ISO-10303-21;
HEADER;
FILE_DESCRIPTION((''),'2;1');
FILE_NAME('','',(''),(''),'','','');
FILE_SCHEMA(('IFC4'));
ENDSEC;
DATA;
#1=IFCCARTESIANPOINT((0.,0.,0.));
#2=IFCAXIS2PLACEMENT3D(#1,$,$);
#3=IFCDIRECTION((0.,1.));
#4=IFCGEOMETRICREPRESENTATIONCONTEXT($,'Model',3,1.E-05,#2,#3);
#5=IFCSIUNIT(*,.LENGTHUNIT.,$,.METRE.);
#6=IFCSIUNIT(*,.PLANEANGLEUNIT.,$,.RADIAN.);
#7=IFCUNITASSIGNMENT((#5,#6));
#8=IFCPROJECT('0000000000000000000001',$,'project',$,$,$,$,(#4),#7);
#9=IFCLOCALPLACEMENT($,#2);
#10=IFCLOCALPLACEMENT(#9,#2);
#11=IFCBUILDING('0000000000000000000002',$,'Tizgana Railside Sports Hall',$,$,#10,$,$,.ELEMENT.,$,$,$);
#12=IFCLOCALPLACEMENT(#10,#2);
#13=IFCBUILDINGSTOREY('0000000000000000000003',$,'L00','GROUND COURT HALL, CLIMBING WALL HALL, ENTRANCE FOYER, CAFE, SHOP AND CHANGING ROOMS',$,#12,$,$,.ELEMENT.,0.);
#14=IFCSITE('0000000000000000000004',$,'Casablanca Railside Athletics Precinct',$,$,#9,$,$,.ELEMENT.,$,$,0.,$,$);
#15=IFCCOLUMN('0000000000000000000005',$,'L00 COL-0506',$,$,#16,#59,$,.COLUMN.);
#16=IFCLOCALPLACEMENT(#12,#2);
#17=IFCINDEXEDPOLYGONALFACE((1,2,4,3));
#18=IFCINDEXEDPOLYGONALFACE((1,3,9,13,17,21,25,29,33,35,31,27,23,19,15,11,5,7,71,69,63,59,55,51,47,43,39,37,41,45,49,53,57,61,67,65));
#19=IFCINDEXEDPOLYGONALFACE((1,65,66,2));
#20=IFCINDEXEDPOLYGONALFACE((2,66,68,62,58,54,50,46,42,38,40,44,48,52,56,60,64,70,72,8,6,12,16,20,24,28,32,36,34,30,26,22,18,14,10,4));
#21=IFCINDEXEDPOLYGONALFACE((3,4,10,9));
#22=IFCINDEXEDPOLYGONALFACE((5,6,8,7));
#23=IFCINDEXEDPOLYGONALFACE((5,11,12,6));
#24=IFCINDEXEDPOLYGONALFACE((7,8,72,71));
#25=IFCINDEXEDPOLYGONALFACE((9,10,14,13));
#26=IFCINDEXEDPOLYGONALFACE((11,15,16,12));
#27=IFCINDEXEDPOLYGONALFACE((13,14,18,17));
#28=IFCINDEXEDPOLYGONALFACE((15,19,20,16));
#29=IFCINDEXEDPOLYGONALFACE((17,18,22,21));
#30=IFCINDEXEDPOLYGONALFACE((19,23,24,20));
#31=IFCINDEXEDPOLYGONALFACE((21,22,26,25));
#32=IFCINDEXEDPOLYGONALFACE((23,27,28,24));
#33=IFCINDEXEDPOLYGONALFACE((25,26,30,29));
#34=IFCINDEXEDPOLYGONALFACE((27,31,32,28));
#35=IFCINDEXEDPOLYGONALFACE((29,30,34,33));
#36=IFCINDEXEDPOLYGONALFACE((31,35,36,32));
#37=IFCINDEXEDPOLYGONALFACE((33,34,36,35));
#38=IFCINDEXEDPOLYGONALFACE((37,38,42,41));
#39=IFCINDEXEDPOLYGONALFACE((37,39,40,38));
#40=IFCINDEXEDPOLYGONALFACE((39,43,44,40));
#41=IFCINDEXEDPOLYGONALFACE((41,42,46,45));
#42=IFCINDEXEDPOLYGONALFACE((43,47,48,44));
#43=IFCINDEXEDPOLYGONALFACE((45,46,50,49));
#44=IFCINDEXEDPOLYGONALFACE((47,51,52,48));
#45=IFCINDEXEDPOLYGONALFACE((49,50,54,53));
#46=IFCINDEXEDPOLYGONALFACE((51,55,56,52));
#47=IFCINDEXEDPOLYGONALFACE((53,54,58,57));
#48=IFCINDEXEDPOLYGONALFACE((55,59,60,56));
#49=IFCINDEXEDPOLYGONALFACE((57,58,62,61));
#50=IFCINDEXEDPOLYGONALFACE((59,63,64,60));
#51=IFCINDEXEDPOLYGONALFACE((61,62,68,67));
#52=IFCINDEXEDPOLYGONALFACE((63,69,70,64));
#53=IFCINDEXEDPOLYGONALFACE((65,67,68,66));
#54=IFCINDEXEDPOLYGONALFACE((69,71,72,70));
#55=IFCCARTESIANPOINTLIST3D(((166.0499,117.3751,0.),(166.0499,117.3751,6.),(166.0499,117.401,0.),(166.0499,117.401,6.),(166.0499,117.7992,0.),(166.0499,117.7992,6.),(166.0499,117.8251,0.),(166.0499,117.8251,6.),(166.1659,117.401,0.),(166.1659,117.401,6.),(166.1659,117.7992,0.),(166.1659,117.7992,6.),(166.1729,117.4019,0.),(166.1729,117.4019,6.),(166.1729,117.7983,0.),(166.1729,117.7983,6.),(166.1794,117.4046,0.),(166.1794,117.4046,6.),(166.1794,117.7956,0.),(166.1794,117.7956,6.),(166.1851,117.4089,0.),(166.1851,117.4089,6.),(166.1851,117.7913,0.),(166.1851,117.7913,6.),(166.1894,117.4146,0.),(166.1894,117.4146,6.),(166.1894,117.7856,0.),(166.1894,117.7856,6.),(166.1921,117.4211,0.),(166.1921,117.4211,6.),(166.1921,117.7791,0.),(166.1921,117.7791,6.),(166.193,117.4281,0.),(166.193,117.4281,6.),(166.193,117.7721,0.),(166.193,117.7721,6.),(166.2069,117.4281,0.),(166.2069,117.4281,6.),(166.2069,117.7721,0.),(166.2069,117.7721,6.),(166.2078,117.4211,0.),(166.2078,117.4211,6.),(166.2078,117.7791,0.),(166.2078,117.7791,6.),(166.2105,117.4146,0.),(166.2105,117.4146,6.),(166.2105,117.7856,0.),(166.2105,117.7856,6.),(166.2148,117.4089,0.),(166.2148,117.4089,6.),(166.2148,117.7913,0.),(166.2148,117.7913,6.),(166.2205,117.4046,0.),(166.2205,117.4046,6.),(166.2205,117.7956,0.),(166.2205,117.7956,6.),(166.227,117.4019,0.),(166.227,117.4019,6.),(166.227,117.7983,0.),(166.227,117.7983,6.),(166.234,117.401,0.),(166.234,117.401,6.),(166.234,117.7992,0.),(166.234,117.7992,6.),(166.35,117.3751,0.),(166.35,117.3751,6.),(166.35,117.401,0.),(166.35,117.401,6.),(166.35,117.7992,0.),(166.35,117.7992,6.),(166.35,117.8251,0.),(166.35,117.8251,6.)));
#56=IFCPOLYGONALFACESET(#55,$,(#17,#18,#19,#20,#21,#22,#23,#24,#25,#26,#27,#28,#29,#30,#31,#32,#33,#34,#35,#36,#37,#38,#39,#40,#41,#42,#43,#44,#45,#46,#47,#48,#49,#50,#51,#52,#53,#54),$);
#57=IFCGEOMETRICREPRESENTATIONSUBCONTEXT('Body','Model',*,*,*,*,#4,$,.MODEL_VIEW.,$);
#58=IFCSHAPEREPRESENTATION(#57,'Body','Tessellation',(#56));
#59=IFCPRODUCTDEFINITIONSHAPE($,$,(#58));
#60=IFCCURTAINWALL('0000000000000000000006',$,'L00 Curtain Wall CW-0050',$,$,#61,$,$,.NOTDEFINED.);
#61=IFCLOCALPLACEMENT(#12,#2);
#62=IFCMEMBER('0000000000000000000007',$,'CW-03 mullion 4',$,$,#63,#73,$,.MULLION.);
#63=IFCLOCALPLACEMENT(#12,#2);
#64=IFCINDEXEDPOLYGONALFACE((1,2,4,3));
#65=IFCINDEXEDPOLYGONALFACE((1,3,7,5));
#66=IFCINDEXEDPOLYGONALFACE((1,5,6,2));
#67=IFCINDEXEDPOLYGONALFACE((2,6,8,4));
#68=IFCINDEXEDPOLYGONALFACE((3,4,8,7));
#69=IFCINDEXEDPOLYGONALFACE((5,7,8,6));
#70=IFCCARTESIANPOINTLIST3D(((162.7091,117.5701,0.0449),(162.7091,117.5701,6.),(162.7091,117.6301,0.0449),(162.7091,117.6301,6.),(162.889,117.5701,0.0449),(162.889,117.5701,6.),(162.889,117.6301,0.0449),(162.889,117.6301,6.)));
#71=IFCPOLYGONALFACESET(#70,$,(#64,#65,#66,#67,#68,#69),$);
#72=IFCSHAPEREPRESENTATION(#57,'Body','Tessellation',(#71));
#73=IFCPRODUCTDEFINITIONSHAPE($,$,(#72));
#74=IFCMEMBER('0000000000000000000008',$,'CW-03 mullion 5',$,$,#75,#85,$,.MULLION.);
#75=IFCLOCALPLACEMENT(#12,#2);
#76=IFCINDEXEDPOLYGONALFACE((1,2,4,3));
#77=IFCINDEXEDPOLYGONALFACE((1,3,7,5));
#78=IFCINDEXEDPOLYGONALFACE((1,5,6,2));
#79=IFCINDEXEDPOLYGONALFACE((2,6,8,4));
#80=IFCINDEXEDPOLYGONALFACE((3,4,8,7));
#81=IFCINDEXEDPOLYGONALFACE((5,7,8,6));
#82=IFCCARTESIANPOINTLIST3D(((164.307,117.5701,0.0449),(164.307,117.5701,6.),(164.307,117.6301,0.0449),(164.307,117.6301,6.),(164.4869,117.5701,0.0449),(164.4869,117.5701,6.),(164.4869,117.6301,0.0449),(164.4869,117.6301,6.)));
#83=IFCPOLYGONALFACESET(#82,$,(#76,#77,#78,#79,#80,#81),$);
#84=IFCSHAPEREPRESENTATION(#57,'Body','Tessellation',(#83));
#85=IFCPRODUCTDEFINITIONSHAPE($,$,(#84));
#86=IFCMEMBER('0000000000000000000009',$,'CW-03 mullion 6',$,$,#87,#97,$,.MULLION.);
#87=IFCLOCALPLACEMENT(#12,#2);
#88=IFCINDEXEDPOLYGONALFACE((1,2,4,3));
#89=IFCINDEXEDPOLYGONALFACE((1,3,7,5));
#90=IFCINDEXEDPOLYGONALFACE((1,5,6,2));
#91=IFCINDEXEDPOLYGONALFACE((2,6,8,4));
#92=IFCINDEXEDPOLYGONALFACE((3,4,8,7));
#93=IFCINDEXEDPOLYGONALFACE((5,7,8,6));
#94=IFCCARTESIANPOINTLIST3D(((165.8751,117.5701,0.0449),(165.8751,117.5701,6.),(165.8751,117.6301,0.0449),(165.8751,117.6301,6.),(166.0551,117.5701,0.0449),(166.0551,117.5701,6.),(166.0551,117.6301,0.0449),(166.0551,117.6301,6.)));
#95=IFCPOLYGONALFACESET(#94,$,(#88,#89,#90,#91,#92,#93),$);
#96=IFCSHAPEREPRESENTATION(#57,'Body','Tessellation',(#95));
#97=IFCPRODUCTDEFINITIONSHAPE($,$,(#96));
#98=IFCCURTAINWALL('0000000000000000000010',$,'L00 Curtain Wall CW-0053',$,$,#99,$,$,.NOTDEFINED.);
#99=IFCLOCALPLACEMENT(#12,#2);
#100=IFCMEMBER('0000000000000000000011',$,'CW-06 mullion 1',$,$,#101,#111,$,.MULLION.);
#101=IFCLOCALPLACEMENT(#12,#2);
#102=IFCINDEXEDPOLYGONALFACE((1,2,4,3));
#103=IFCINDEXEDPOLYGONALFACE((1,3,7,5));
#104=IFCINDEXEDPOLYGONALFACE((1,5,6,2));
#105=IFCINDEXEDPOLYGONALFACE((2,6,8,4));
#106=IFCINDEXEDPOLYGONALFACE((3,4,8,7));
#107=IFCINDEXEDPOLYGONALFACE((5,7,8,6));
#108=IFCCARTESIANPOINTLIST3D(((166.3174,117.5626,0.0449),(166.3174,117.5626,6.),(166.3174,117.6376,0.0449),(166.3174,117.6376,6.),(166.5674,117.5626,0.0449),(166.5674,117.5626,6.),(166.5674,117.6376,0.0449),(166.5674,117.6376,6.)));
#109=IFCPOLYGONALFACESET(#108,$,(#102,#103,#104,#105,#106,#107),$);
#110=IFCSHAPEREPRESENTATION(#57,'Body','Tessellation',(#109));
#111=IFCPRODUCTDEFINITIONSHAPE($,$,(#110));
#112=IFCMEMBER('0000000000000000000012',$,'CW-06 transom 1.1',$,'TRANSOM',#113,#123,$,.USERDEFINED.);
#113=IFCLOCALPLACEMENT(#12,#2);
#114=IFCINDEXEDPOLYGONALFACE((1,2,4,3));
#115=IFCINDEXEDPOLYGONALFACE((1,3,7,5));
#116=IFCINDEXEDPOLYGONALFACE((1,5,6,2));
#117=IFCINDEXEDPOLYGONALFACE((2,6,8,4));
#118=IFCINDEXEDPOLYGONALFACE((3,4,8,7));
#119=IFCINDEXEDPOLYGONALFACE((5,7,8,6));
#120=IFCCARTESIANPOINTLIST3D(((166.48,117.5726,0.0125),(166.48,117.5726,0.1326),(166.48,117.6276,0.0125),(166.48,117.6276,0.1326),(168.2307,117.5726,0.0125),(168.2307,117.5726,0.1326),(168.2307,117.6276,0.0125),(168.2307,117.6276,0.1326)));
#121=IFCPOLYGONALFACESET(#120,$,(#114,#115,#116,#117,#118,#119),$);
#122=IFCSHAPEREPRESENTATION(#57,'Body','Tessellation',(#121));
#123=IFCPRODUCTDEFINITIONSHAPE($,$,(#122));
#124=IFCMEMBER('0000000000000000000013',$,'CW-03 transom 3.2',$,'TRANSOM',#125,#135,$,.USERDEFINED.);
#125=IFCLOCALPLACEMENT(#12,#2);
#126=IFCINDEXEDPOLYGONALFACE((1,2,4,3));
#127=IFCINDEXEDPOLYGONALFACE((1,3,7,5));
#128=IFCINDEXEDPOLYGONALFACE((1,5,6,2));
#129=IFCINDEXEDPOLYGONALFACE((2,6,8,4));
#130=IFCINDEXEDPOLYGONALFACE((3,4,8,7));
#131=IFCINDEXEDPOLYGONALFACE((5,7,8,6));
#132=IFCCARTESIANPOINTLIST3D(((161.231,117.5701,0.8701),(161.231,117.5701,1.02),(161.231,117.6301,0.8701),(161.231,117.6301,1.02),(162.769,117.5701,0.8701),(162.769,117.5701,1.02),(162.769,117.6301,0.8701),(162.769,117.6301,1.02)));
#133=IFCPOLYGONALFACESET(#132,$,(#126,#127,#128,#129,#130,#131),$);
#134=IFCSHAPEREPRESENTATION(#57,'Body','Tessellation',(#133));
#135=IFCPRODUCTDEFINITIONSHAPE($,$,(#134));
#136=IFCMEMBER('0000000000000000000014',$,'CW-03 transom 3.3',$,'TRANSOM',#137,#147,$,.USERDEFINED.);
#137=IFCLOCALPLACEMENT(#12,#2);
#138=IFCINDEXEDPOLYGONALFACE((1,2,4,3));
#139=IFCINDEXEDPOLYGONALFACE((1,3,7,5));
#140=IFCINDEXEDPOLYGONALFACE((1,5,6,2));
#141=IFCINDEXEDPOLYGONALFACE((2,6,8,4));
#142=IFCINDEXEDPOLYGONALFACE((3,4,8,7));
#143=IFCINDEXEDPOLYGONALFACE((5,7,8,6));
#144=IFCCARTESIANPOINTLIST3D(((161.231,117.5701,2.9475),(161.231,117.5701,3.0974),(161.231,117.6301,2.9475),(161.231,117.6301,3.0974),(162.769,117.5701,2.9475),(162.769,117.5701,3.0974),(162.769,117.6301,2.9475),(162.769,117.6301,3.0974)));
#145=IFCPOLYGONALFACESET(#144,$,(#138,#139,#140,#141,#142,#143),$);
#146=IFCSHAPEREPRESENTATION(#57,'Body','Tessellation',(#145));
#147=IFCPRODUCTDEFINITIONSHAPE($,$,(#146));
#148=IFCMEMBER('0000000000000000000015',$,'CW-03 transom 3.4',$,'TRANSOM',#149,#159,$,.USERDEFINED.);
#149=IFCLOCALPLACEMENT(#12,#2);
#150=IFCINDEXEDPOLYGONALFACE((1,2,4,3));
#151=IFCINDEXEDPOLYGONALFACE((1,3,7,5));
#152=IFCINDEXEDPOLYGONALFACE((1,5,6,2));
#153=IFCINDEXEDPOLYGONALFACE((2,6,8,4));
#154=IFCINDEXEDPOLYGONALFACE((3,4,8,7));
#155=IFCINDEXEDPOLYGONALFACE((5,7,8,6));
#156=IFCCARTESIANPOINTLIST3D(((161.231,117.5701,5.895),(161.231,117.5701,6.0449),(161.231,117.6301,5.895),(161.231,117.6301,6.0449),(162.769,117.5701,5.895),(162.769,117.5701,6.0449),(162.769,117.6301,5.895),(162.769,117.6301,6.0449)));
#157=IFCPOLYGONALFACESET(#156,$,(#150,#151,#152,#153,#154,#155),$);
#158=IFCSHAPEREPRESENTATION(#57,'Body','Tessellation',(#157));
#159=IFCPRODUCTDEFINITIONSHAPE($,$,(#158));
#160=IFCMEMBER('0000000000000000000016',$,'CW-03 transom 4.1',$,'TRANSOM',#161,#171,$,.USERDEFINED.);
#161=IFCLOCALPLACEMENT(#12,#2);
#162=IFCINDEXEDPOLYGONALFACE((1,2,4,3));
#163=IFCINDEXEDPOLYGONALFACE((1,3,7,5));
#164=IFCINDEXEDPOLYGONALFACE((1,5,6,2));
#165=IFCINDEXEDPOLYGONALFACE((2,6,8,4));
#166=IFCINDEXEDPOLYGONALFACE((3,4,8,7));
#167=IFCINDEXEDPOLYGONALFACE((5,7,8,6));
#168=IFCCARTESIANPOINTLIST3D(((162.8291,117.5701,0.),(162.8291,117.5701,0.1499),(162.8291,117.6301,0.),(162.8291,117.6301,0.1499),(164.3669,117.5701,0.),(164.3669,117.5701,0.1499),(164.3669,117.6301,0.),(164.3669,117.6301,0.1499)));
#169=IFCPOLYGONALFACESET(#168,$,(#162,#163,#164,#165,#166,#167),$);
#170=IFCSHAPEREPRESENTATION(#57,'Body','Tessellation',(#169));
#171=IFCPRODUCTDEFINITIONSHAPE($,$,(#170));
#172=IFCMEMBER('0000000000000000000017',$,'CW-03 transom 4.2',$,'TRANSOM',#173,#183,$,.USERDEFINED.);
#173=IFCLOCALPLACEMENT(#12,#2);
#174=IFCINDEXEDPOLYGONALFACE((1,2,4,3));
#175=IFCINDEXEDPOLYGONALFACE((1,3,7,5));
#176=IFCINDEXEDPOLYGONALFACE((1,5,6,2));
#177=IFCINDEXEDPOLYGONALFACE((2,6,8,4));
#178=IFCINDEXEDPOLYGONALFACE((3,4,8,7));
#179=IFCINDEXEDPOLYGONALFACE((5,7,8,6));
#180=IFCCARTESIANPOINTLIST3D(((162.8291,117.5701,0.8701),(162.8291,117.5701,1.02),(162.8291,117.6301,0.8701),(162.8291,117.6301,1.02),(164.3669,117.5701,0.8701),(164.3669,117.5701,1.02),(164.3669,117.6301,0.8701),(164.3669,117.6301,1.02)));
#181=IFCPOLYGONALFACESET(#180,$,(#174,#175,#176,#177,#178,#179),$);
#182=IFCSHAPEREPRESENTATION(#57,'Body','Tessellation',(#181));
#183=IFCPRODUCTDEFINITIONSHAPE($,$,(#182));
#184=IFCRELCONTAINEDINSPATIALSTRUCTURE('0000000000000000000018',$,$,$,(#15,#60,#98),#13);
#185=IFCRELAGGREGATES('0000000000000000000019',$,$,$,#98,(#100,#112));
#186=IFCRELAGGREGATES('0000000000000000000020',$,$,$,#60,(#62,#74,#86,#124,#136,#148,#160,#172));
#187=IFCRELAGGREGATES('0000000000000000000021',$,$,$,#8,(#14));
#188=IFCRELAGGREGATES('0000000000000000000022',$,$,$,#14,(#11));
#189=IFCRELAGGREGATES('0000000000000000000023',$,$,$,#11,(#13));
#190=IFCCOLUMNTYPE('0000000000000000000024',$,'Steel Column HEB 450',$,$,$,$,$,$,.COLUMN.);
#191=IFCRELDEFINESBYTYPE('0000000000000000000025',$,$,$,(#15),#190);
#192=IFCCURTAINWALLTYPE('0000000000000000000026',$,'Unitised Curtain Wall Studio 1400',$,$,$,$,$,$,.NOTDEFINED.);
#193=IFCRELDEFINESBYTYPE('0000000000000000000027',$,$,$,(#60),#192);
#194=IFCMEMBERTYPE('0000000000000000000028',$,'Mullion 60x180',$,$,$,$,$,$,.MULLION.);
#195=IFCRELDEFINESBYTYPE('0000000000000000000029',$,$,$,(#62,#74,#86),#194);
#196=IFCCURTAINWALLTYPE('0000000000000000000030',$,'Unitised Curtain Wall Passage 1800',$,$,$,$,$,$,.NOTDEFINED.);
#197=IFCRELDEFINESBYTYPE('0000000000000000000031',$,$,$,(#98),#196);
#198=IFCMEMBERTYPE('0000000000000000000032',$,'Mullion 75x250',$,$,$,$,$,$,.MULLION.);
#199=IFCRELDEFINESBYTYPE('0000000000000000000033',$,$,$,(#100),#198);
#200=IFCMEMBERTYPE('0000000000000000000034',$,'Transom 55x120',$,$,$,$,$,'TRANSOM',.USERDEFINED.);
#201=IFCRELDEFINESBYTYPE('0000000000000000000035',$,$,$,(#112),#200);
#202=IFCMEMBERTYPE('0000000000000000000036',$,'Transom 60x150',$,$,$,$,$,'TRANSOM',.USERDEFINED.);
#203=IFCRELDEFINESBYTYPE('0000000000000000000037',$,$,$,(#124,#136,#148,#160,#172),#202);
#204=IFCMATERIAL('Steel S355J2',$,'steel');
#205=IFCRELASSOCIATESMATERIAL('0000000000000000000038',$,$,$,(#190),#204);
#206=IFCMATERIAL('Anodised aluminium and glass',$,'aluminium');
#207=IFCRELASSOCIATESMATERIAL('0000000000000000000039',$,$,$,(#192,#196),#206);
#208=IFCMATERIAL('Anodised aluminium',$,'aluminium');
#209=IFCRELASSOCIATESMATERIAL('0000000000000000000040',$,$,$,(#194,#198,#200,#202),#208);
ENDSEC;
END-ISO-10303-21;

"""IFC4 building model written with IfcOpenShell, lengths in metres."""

from ifc_helpers import new_model, si_unit, direction, frame, origin, origin_2d, place, context, subcontext, project, spatial, rectangle, i_section, extrude, material, material_profile, profile_set, type_object, element, aggregate, save


model = new_model("IFC4")

# Units and contexts
model_context = context("Model", 3, precision=1e-05, world=origin(), true_north=direction((0.0, 1.0)))
body_context = subcontext(model_context, "Body", "Model", "MODEL_VIEW")
ifc_project = project(units=[si_unit("LENGTHUNIT", "METRE"), si_unit("PLANEANGLEUNIT", "RADIAN")], contexts=[model_context])

# Site, building, storey
site_placement = place(None, origin())
site = spatial("IfcSite", under=ifc_project, at=site_placement, Name="Casablanca Railside Athletics Precinct", CompositionType="ELEMENT", RefElevation=0.0)
building_placement = place(site_placement, origin())
building = spatial("IfcBuilding", under=site, at=building_placement, Name="Tizgana Railside Sports Hall", CompositionType="ELEMENT")
storey_placement = place(building_placement, origin())
storey = spatial("IfcBuildingStorey", under=building, at=storey_placement, Name="L00", Description="GROUND COURT HALL, CLIMBING WALL HALL, ENTRANCE FOYER, CAFE, SHOP AND CHANGING ROOMS", CompositionType="ELEMENT", Elevation=0.0)

# Column
ifc_material_1 = material(Name="Steel S355J2", Category="steel")
ifc_material_profile_1 = material_profile(ifc_material_1, i_section(OverallWidth=0.3, OverallDepth=0.45, WebThickness=0.0139, FlangeThickness=0.0259, FilletRadius=0.0271, at=origin_2d()), Name="HEB 450")
ifc_profile_set_1 = profile_set([ifc_material_profile_1], Name="Steel S355J2")
column_type = type_object("IfcColumnType", Name="Steel Column HEB 450", PredefinedType="COLUMN", material=ifc_profile_set_1)
column_placement = place(storey_placement, frame((166.2, 117.6001, 0.0), z_axis=(0.0, 0.0, 1.0), x_axis=(1.0, 0.0, 0.0)))
element("IfcColumn", 1, at=column_placement, inside=storey, type_object=column_type, Name="L00 COL-0506", PredefinedType="COLUMN", context=body_context, shape_type="SweptSolid", body=[
    extrude(i_section(OverallWidth=0.3, OverallDepth=0.45, WebThickness=0.0139, FlangeThickness=0.0259, FilletRadius=0.0271, at=origin_2d()), origin(), (0.0, 0.0, 1.0), 6.0),
])

# Curtain walls, members
ifc_material_2 = material(Name="Anodised aluminium and glass", Category="aluminium")
curtain_wall_type_1 = type_object("IfcCurtainWallType", Name="Unitised Curtain Wall Studio 1400", PredefinedType="NOTDEFINED", material=ifc_material_2)
curtain_wall_1_placement = place(storey_placement, origin())
curtain_wall_1 = element("IfcCurtainWall", 2, at=curtain_wall_1_placement, inside=storey, type_object=curtain_wall_type_1, Name="L00 Curtain Wall CW-0050", PredefinedType="NOTDEFINED")
ifc_material_3 = material(Name="Anodised aluminium", Category="aluminium")
ifc_material_profile_2 = material_profile(ifc_material_3, rectangle(XDim=0.0601, YDim=0.1799, at=origin_2d()), Name="Mullion 60x180")
ifc_profile_set_2 = profile_set([ifc_material_profile_2], Name="Anodised aluminium")
member_type_1 = type_object("IfcMemberType", Name="Mullion 60x180", PredefinedType="MULLION", material=ifc_profile_set_2)
member_1_placement = place(storey_placement, frame((162.7991, 117.6001, 0.0449), z_axis=(0.0, 0.0, 1.0), x_axis=(0.0, 1.0, 0.0)))
member_1 = element("IfcMember", 3, at=member_1_placement, type_object=member_type_1, Name="CW-03 mullion 4", PredefinedType="MULLION", context=body_context, shape_type="SweptSolid", body=[
    extrude(rectangle(XDim=0.0601, YDim=0.1799, at=origin_2d()), origin(), (0.0, 0.0, 1.0), 5.9551),
])
member_2_placement = place(storey_placement, frame((164.397, 117.6001, 0.0449), z_axis=(0.0, 0.0, 1.0), x_axis=(0.0, 1.0, 0.0)))
member_2 = element("IfcMember", 4, at=member_2_placement, type_object=member_type_1, Name="CW-03 mullion 5", PredefinedType="MULLION", context=body_context, shape_type="SweptSolid", body=[
    extrude(rectangle(XDim=0.0601, YDim=0.1799, at=origin_2d()), origin(), (0.0, 0.0, 1.0), 5.9551),
])
member_3_placement = place(storey_placement, frame((165.9651, 117.6001, 0.0449), z_axis=(0.0, 0.0, 1.0), x_axis=(0.0, 1.0, 0.0)))
member_3 = element("IfcMember", 5, at=member_3_placement, type_object=member_type_1, Name="CW-03 mullion 6", PredefinedType="MULLION", context=body_context, shape_type="SweptSolid", body=[
    extrude(rectangle(XDim=0.0601, YDim=0.1799, at=origin_2d()), origin(), (0.0, 0.0, 1.0), 5.9551),
])
curtain_wall_type_2 = type_object("IfcCurtainWallType", Name="Unitised Curtain Wall Passage 1800", PredefinedType="NOTDEFINED", material=ifc_material_2)
curtain_wall_2_placement = place(storey_placement, origin())
curtain_wall_2 = element("IfcCurtainWall", 6, at=curtain_wall_2_placement, inside=storey, type_object=curtain_wall_type_2, Name="L00 Curtain Wall CW-0053", PredefinedType="NOTDEFINED")
ifc_material_profile_3 = material_profile(ifc_material_3, rectangle(XDim=0.075, YDim=0.25, at=origin_2d()), Name="Mullion 75x250")
ifc_profile_set_3 = profile_set([ifc_material_profile_3], Name="Anodised aluminium")
member_type_2 = type_object("IfcMemberType", Name="Mullion 75x250", PredefinedType="MULLION", material=ifc_profile_set_3)
member_4_placement = place(storey_placement, frame((166.4424, 117.6001, 0.0449), z_axis=(0.0, 0.0, 1.0), x_axis=(0.0, 1.0, 0.0)))
member_4 = element("IfcMember", 7, at=member_4_placement, type_object=member_type_2, Name="CW-06 mullion 1", PredefinedType="MULLION", context=body_context, shape_type="SweptSolid", body=[
    extrude(rectangle(XDim=0.075, YDim=0.25, at=origin_2d()), origin(), (0.0, 0.0, 1.0), 5.9551),
])
ifc_material_profile_4 = material_profile(ifc_material_3, rectangle(XDim=0.0549, YDim=0.1201, at=origin_2d()), Name="Transom 55x120")
ifc_profile_set_4 = profile_set([ifc_material_profile_4], Name="Anodised aluminium")
member_type_3 = type_object("IfcMemberType", Name="Transom 55x120", ElementType="TRANSOM", PredefinedType="USERDEFINED", material=ifc_profile_set_4)
member_5_placement = place(storey_placement, frame((166.48, 117.6001, 0.0725), z_axis=(1.0, 0.0, 0.0), x_axis=(0.0, 1.0, 0.0)))
member_5 = element("IfcMember", 8, at=member_5_placement, type_object=member_type_3, Name="CW-06 transom 1.1", ObjectType="TRANSOM", PredefinedType="USERDEFINED", context=body_context, shape_type="SweptSolid", body=[
    extrude(rectangle(XDim=0.0549, YDim=0.1201, at=origin_2d()), origin(), (0.0, 0.0, 1.0), 1.7507),
])
aggregate(curtain_wall_2, [member_4, member_5])

# Members
ifc_material_profile_5 = material_profile(ifc_material_3, rectangle(XDim=0.0601, YDim=0.1499, at=origin_2d()), Name="Transom 60x150")
ifc_profile_set_5 = profile_set([ifc_material_profile_5], Name="Anodised aluminium")
member_type_4 = type_object("IfcMemberType", Name="Transom 60x150", ElementType="TRANSOM", PredefinedType="USERDEFINED", material=ifc_profile_set_5)
member_6_placement = place(storey_placement, frame((161.231, 117.6001, 0.9451), z_axis=(1.0, 0.0, 0.0), x_axis=(0.0, 1.0, 0.0)))
member_6 = element("IfcMember", 9, at=member_6_placement, type_object=member_type_4, Name="CW-03 transom 3.2", ObjectType="TRANSOM", PredefinedType="USERDEFINED", context=body_context, shape_type="SweptSolid", body=[
    extrude(rectangle(XDim=0.0601, YDim=0.1499, at=origin_2d()), origin(), (0.0, 0.0, 1.0), 1.5381),
])
member_7_placement = place(storey_placement, frame((161.231, 117.6001, 3.0225), z_axis=(1.0, 0.0, 0.0), x_axis=(0.0, 1.0, 0.0)))
member_7 = element("IfcMember", 10, at=member_7_placement, type_object=member_type_4, Name="CW-03 transom 3.3", ObjectType="TRANSOM", PredefinedType="USERDEFINED", context=body_context, shape_type="SweptSolid", body=[
    extrude(rectangle(XDim=0.0601, YDim=0.1499, at=origin_2d()), origin(), (0.0, 0.0, 1.0), 1.5381),
])
member_8_placement = place(storey_placement, frame((161.231, 117.6001, 5.97), z_axis=(1.0, 0.0, 0.0), x_axis=(0.0, 1.0, 0.0)))
member_8 = element("IfcMember", 11, at=member_8_placement, type_object=member_type_4, Name="CW-03 transom 3.4", ObjectType="TRANSOM", PredefinedType="USERDEFINED", context=body_context, shape_type="SweptSolid", body=[
    extrude(rectangle(XDim=0.0601, YDim=0.1499, at=origin_2d()), origin(), (0.0, 0.0, 1.0), 1.5381),
])
member_9_placement = place(storey_placement, frame((162.8291, 117.6001, 0.075), z_axis=(1.0, 0.0, 0.0), x_axis=(0.0, 1.0, 0.0)))
member_9 = element("IfcMember", 12, at=member_9_placement, type_object=member_type_4, Name="CW-03 transom 4.1", ObjectType="TRANSOM", PredefinedType="USERDEFINED", context=body_context, shape_type="SweptSolid", body=[
    extrude(rectangle(XDim=0.0601, YDim=0.1499, at=origin_2d()), origin(), (0.0, 0.0, 1.0), 1.5378),
])
member_10_placement = place(storey_placement, frame((162.8291, 117.6001, 0.9451), z_axis=(1.0, 0.0, 0.0), x_axis=(0.0, 1.0, 0.0)))
member_10 = element("IfcMember", 13, at=member_10_placement, type_object=member_type_4, Name="CW-03 transom 4.2", ObjectType="TRANSOM", PredefinedType="USERDEFINED", context=body_context, shape_type="SweptSolid", body=[
    extrude(rectangle(XDim=0.0601, YDim=0.1499, at=origin_2d()), origin(), (0.0, 0.0, 1.0), 1.5378),
])

aggregate(curtain_wall_1, [member_1, member_2, member_3, member_6, member_7, member_8, member_9, member_10])

save(model, "model.ifc")
